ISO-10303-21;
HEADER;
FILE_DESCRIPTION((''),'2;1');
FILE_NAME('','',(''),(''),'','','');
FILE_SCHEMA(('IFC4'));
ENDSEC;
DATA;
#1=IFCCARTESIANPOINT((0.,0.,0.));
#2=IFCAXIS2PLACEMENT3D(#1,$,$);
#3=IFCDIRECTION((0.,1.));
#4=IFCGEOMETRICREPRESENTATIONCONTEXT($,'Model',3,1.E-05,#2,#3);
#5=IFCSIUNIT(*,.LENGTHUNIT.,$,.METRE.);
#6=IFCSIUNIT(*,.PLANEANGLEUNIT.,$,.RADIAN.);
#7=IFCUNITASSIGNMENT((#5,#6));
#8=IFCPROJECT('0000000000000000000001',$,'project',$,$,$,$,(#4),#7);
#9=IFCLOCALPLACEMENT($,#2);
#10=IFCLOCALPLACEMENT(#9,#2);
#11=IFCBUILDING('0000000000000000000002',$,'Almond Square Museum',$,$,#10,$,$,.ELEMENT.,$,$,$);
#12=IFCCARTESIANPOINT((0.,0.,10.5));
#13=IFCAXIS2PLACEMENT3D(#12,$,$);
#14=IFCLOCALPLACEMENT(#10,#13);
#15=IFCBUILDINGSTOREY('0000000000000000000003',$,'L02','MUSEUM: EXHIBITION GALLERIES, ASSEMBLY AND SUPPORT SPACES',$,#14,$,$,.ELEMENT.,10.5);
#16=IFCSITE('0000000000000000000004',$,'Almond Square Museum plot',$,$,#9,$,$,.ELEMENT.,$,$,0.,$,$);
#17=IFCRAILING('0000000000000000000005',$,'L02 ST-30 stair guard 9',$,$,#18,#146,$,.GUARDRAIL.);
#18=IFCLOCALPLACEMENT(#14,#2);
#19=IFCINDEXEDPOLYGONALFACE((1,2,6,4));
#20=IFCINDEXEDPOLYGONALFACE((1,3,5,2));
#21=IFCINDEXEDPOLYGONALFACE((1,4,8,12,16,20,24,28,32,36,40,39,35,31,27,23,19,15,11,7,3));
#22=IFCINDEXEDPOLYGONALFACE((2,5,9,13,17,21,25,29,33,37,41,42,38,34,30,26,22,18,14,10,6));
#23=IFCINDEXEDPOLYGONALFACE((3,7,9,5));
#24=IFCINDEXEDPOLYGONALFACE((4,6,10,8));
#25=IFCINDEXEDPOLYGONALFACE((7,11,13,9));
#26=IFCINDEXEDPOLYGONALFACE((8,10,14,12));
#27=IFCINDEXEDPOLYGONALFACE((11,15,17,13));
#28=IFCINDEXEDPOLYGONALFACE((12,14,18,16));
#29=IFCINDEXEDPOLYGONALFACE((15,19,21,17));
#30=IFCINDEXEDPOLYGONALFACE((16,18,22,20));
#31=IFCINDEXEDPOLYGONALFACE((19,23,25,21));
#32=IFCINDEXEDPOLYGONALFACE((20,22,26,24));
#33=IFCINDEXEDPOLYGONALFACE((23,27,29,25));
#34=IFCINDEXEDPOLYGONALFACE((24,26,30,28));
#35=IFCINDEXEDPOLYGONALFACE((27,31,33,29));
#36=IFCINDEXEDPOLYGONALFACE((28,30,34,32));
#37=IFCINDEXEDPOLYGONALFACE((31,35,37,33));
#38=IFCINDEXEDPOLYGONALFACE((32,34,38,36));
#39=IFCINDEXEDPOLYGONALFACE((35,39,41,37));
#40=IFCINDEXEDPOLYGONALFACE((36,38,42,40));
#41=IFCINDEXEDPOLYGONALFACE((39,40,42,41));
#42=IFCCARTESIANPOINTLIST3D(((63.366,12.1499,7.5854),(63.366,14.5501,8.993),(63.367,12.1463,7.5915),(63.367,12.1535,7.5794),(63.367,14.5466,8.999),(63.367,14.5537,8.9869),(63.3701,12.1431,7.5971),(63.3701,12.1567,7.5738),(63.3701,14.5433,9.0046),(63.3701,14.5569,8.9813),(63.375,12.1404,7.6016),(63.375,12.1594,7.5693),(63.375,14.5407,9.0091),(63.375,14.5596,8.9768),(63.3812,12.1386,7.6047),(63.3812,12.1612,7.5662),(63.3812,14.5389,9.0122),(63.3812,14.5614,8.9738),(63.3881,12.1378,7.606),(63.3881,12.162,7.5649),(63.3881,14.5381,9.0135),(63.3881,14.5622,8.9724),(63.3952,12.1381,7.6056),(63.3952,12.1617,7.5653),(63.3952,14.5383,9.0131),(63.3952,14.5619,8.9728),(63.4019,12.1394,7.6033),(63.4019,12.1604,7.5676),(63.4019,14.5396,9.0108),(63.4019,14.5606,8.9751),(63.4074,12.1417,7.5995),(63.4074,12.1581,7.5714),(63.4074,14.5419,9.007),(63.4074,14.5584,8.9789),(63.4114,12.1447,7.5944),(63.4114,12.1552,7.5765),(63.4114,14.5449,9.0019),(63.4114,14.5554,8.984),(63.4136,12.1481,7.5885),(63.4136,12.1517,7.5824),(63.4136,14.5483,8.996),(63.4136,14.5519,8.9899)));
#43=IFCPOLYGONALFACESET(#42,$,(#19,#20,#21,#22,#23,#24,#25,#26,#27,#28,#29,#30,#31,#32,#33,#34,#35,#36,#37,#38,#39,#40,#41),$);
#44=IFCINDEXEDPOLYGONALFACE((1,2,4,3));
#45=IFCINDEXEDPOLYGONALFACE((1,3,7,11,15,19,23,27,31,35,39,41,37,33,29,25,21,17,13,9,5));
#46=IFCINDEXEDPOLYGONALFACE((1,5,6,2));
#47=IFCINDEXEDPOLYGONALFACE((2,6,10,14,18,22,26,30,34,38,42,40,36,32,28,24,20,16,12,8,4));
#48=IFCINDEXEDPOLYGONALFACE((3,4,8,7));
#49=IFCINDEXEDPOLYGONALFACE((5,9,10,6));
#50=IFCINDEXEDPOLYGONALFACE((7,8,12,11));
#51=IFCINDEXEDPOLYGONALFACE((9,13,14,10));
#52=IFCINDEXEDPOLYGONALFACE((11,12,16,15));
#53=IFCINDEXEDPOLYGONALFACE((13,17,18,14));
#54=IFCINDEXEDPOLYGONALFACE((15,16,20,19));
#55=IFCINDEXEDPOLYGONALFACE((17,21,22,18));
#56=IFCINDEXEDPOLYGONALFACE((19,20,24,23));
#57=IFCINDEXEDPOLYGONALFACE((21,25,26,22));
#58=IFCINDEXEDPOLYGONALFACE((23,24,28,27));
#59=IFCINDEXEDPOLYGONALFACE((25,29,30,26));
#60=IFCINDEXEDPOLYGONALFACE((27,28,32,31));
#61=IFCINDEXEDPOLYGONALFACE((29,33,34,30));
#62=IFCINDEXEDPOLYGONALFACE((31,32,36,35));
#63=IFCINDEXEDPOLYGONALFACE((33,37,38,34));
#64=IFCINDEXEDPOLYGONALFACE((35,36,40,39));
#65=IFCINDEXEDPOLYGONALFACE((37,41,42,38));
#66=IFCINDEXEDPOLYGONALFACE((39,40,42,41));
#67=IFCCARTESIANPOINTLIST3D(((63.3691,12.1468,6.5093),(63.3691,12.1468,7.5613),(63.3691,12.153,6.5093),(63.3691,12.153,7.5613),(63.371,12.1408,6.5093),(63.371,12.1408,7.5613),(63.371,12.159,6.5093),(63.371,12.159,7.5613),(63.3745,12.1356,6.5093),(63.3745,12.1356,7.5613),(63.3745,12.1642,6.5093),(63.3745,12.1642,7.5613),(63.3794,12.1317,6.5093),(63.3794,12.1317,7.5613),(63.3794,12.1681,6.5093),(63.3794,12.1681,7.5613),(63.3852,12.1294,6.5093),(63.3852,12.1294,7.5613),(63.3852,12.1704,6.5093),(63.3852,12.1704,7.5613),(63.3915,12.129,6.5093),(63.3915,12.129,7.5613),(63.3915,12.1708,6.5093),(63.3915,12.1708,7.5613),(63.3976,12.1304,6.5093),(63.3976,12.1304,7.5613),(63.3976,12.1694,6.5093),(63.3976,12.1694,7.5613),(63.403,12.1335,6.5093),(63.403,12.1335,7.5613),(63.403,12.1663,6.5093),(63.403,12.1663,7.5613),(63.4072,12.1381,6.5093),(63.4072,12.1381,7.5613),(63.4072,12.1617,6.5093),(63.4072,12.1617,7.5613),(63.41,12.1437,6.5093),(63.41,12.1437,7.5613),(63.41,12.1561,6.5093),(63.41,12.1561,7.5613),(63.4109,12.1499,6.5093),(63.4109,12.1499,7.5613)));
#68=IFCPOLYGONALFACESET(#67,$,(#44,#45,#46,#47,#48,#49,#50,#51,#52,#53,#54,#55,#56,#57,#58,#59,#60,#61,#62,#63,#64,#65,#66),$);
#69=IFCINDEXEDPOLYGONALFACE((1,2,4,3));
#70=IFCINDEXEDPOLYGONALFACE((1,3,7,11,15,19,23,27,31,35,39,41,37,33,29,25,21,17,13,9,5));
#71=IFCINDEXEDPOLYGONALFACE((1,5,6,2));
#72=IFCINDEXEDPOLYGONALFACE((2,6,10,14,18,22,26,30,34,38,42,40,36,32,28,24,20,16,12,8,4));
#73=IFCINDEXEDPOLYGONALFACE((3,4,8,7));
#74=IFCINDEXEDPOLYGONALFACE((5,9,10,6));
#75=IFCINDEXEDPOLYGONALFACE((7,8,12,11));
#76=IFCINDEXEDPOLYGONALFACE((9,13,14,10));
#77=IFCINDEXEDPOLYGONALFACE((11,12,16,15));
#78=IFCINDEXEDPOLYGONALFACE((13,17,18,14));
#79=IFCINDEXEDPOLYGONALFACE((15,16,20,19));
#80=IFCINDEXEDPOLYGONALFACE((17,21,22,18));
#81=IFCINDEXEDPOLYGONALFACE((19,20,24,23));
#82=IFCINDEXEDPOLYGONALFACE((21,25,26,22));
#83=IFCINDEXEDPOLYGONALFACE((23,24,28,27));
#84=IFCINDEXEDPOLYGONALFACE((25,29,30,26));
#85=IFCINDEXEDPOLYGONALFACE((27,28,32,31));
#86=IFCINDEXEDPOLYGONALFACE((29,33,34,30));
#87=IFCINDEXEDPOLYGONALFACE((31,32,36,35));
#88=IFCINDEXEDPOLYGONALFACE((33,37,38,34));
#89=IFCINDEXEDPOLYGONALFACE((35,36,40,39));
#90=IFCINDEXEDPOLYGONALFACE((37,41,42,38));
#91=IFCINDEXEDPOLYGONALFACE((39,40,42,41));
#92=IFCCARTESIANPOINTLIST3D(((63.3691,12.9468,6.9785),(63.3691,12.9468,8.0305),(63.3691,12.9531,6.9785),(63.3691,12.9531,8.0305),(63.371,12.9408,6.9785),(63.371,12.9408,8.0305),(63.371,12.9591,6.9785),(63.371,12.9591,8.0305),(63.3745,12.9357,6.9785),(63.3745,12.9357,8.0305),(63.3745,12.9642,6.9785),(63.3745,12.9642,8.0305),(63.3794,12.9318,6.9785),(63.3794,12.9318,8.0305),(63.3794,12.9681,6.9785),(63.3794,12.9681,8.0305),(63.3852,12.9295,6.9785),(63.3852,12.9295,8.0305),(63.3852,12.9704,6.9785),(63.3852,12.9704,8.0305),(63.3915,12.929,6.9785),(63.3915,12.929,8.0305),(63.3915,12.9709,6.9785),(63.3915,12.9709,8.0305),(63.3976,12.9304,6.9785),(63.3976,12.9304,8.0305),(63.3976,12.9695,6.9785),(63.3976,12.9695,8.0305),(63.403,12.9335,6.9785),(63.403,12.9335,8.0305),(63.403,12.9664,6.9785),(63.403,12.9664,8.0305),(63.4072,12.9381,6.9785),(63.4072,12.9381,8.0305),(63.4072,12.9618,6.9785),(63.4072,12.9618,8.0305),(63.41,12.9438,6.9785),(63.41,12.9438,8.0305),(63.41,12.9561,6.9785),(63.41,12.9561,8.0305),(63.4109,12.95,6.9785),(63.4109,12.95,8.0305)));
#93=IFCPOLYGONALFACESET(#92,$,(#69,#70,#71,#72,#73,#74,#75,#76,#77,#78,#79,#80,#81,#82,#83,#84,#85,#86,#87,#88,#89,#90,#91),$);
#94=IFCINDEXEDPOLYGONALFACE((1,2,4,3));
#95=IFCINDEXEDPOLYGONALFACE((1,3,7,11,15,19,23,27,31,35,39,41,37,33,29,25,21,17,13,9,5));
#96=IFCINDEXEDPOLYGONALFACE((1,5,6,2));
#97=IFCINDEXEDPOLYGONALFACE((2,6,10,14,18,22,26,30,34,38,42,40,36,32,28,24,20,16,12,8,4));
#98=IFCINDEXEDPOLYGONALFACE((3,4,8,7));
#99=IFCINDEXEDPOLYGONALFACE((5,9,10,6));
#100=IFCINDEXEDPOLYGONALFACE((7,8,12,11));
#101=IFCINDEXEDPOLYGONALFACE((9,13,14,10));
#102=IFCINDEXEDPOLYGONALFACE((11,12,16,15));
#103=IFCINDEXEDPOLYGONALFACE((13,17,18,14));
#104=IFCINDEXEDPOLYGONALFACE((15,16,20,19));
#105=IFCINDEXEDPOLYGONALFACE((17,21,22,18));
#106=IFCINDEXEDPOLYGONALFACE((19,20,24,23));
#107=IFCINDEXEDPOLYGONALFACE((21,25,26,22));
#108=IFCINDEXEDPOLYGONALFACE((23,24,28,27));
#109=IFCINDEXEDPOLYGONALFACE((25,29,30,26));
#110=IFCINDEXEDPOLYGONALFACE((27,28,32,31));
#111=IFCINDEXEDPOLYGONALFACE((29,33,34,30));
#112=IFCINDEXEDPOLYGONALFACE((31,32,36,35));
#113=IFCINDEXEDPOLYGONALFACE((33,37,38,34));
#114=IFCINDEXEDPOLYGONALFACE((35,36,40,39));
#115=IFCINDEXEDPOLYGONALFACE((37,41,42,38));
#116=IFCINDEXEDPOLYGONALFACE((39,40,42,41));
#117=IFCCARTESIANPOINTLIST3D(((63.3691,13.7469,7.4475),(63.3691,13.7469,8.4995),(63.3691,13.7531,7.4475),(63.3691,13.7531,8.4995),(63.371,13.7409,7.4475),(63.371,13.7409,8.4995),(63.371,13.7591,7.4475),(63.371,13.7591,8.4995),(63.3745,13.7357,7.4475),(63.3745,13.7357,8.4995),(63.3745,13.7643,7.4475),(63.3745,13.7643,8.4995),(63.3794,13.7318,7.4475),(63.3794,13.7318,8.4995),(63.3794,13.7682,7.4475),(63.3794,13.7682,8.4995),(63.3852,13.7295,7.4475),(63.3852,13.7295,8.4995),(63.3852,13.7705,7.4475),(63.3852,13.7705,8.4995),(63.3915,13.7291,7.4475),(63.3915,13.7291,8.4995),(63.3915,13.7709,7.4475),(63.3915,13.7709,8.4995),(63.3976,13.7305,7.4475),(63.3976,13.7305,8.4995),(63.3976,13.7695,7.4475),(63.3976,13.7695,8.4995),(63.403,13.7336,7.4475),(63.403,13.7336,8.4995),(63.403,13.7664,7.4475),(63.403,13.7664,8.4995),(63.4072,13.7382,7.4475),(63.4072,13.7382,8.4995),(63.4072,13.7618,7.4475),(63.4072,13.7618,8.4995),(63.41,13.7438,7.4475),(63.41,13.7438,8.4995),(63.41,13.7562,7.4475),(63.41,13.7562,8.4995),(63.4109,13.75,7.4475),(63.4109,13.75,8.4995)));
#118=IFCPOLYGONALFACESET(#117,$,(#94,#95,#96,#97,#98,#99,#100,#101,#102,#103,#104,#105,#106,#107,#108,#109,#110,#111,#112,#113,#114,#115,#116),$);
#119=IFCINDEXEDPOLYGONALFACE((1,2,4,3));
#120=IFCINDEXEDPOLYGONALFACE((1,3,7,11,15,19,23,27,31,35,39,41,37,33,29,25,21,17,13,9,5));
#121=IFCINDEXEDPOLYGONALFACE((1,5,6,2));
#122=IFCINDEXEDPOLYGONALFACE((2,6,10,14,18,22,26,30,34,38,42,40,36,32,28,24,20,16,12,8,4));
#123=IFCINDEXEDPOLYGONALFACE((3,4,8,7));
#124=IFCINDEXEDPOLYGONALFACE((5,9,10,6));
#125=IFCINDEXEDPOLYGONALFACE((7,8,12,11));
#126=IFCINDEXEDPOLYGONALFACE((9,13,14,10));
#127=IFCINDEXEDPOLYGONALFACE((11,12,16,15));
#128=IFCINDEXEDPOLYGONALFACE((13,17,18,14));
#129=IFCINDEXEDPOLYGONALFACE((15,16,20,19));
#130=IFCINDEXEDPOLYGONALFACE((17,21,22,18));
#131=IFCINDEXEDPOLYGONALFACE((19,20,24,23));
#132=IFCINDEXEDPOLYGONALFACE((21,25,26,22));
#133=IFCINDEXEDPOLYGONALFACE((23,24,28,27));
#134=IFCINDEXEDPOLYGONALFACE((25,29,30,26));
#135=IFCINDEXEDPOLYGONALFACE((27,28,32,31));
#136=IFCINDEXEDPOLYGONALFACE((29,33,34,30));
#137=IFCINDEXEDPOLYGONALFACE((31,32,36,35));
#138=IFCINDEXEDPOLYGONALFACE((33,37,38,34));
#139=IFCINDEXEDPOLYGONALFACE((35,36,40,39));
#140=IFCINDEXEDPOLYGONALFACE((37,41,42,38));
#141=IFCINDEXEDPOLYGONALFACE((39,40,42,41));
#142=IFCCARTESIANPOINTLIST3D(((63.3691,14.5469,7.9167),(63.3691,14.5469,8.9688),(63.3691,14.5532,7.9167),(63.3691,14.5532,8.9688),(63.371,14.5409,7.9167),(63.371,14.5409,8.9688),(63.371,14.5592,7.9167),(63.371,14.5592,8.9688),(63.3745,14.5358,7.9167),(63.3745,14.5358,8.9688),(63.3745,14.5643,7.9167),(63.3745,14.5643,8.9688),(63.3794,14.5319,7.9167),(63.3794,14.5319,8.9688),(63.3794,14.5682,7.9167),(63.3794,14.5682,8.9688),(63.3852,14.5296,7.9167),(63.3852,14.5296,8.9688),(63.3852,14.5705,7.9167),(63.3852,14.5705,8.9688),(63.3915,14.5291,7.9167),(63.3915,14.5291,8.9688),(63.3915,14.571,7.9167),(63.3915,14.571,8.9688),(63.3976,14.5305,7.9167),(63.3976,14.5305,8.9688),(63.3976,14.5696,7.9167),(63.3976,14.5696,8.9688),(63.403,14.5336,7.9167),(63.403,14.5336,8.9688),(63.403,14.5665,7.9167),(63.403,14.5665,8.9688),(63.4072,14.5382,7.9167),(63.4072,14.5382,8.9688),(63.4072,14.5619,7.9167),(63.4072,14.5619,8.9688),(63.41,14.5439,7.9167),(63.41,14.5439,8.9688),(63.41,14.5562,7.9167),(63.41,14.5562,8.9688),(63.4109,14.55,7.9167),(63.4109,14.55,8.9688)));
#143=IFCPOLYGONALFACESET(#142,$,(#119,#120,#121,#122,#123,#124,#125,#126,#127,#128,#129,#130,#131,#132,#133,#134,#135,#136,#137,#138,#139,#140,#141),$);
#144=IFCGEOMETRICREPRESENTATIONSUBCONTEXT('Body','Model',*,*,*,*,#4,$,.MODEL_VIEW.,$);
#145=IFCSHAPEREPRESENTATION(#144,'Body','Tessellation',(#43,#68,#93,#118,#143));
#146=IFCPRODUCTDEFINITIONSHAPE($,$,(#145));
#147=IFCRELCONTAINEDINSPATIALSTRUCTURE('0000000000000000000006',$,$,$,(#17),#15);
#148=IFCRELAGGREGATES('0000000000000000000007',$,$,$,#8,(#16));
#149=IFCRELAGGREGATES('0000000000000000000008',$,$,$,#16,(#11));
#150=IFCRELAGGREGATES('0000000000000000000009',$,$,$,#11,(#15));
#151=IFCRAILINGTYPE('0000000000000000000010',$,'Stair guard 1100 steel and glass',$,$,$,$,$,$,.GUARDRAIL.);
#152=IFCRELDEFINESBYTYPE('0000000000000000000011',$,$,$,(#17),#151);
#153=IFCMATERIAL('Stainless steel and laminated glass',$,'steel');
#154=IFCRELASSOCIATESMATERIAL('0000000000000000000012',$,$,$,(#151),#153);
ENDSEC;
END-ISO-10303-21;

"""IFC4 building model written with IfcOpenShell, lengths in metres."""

from ifc_helpers import new_model, si_unit, direction, frame, origin, origin_2d, place, context, subcontext, project, spatial, circle, extrude, material, type_object, element, save


model = new_model("IFC4")

# Units and contexts
model_context = context("Model", 3, precision=1e-05, world=origin(), true_north=direction((0.0, 1.0)))
body_context = subcontext(model_context, "Body", "Model", "MODEL_VIEW")
ifc_project = project(units=[si_unit("LENGTHUNIT", "METRE"), si_unit("PLANEANGLEUNIT", "RADIAN")], contexts=[model_context])

# Site, building, storey
site_placement = place(None, origin())
site = spatial("IfcSite", under=ifc_project, at=site_placement, Name="Almond Square Museum plot", CompositionType="ELEMENT", RefElevation=0.0)
building_placement = place(site_placement, origin())
building = spatial("IfcBuilding", under=site, at=building_placement, Name="Almond Square Museum", CompositionType="ELEMENT")
storey_placement = place(building_placement, frame((0.0, 0.0, 10.5)))
storey = spatial("IfcBuildingStorey", under=building, at=storey_placement, Name="L02", Description="MUSEUM: EXHIBITION GALLERIES, ASSEMBLY AND SUPPORT SPACES", CompositionType="ELEMENT", Elevation=10.5)

# Railing
ifc_material_1 = material(Name="Stainless steel and laminated glass", Category="steel")
railing_type_1 = type_object("IfcRailingType", Name="Stair guard 1100 steel and glass", PredefinedType="GUARDRAIL", material=ifc_material_1)
for number, where, name in (
    (1, (63.3899, 12.1499, 6.5093), "L02 ST-30 stair guard 9"),
):
    element("IfcRailing", number, at=place(storey_placement, frame(where)), inside=storey, type_object=railing_type_1, Name=name, PredefinedType="GUARDRAIL", context=body_context, shape_type="SweptSolid", body=[
        extrude(circle(Radius=0.0239, at=origin_2d()), frame((0.0, 0.0, 1.0762), z_axis=(0.0, 0.862621, 0.50585), x_axis=(-1.0, 0.0, 0.0)), (0.0, 0.0, 1.0), 2.7825),
        extrude(circle(Radius=0.021, at=origin_2d()), origin(), (0.0, 0.0, 1.0), 1.052),
        extrude(circle(Radius=0.021, at=origin_2d()), frame((0.0, 0.8, 0.4692)), (0.0, 0.0, 1.0), 1.052),
        extrude(circle(Radius=0.021, at=origin_2d()), frame((0.0, 1.6001, 0.9382)), (0.0, 0.0, 1.0), 1.052),
        extrude(circle(Radius=0.021, at=origin_2d()), frame((0.0, 2.4001, 1.4075)), (0.0, 0.0, 1.0), 1.052),
    ])

save(model, "model.ifc")
